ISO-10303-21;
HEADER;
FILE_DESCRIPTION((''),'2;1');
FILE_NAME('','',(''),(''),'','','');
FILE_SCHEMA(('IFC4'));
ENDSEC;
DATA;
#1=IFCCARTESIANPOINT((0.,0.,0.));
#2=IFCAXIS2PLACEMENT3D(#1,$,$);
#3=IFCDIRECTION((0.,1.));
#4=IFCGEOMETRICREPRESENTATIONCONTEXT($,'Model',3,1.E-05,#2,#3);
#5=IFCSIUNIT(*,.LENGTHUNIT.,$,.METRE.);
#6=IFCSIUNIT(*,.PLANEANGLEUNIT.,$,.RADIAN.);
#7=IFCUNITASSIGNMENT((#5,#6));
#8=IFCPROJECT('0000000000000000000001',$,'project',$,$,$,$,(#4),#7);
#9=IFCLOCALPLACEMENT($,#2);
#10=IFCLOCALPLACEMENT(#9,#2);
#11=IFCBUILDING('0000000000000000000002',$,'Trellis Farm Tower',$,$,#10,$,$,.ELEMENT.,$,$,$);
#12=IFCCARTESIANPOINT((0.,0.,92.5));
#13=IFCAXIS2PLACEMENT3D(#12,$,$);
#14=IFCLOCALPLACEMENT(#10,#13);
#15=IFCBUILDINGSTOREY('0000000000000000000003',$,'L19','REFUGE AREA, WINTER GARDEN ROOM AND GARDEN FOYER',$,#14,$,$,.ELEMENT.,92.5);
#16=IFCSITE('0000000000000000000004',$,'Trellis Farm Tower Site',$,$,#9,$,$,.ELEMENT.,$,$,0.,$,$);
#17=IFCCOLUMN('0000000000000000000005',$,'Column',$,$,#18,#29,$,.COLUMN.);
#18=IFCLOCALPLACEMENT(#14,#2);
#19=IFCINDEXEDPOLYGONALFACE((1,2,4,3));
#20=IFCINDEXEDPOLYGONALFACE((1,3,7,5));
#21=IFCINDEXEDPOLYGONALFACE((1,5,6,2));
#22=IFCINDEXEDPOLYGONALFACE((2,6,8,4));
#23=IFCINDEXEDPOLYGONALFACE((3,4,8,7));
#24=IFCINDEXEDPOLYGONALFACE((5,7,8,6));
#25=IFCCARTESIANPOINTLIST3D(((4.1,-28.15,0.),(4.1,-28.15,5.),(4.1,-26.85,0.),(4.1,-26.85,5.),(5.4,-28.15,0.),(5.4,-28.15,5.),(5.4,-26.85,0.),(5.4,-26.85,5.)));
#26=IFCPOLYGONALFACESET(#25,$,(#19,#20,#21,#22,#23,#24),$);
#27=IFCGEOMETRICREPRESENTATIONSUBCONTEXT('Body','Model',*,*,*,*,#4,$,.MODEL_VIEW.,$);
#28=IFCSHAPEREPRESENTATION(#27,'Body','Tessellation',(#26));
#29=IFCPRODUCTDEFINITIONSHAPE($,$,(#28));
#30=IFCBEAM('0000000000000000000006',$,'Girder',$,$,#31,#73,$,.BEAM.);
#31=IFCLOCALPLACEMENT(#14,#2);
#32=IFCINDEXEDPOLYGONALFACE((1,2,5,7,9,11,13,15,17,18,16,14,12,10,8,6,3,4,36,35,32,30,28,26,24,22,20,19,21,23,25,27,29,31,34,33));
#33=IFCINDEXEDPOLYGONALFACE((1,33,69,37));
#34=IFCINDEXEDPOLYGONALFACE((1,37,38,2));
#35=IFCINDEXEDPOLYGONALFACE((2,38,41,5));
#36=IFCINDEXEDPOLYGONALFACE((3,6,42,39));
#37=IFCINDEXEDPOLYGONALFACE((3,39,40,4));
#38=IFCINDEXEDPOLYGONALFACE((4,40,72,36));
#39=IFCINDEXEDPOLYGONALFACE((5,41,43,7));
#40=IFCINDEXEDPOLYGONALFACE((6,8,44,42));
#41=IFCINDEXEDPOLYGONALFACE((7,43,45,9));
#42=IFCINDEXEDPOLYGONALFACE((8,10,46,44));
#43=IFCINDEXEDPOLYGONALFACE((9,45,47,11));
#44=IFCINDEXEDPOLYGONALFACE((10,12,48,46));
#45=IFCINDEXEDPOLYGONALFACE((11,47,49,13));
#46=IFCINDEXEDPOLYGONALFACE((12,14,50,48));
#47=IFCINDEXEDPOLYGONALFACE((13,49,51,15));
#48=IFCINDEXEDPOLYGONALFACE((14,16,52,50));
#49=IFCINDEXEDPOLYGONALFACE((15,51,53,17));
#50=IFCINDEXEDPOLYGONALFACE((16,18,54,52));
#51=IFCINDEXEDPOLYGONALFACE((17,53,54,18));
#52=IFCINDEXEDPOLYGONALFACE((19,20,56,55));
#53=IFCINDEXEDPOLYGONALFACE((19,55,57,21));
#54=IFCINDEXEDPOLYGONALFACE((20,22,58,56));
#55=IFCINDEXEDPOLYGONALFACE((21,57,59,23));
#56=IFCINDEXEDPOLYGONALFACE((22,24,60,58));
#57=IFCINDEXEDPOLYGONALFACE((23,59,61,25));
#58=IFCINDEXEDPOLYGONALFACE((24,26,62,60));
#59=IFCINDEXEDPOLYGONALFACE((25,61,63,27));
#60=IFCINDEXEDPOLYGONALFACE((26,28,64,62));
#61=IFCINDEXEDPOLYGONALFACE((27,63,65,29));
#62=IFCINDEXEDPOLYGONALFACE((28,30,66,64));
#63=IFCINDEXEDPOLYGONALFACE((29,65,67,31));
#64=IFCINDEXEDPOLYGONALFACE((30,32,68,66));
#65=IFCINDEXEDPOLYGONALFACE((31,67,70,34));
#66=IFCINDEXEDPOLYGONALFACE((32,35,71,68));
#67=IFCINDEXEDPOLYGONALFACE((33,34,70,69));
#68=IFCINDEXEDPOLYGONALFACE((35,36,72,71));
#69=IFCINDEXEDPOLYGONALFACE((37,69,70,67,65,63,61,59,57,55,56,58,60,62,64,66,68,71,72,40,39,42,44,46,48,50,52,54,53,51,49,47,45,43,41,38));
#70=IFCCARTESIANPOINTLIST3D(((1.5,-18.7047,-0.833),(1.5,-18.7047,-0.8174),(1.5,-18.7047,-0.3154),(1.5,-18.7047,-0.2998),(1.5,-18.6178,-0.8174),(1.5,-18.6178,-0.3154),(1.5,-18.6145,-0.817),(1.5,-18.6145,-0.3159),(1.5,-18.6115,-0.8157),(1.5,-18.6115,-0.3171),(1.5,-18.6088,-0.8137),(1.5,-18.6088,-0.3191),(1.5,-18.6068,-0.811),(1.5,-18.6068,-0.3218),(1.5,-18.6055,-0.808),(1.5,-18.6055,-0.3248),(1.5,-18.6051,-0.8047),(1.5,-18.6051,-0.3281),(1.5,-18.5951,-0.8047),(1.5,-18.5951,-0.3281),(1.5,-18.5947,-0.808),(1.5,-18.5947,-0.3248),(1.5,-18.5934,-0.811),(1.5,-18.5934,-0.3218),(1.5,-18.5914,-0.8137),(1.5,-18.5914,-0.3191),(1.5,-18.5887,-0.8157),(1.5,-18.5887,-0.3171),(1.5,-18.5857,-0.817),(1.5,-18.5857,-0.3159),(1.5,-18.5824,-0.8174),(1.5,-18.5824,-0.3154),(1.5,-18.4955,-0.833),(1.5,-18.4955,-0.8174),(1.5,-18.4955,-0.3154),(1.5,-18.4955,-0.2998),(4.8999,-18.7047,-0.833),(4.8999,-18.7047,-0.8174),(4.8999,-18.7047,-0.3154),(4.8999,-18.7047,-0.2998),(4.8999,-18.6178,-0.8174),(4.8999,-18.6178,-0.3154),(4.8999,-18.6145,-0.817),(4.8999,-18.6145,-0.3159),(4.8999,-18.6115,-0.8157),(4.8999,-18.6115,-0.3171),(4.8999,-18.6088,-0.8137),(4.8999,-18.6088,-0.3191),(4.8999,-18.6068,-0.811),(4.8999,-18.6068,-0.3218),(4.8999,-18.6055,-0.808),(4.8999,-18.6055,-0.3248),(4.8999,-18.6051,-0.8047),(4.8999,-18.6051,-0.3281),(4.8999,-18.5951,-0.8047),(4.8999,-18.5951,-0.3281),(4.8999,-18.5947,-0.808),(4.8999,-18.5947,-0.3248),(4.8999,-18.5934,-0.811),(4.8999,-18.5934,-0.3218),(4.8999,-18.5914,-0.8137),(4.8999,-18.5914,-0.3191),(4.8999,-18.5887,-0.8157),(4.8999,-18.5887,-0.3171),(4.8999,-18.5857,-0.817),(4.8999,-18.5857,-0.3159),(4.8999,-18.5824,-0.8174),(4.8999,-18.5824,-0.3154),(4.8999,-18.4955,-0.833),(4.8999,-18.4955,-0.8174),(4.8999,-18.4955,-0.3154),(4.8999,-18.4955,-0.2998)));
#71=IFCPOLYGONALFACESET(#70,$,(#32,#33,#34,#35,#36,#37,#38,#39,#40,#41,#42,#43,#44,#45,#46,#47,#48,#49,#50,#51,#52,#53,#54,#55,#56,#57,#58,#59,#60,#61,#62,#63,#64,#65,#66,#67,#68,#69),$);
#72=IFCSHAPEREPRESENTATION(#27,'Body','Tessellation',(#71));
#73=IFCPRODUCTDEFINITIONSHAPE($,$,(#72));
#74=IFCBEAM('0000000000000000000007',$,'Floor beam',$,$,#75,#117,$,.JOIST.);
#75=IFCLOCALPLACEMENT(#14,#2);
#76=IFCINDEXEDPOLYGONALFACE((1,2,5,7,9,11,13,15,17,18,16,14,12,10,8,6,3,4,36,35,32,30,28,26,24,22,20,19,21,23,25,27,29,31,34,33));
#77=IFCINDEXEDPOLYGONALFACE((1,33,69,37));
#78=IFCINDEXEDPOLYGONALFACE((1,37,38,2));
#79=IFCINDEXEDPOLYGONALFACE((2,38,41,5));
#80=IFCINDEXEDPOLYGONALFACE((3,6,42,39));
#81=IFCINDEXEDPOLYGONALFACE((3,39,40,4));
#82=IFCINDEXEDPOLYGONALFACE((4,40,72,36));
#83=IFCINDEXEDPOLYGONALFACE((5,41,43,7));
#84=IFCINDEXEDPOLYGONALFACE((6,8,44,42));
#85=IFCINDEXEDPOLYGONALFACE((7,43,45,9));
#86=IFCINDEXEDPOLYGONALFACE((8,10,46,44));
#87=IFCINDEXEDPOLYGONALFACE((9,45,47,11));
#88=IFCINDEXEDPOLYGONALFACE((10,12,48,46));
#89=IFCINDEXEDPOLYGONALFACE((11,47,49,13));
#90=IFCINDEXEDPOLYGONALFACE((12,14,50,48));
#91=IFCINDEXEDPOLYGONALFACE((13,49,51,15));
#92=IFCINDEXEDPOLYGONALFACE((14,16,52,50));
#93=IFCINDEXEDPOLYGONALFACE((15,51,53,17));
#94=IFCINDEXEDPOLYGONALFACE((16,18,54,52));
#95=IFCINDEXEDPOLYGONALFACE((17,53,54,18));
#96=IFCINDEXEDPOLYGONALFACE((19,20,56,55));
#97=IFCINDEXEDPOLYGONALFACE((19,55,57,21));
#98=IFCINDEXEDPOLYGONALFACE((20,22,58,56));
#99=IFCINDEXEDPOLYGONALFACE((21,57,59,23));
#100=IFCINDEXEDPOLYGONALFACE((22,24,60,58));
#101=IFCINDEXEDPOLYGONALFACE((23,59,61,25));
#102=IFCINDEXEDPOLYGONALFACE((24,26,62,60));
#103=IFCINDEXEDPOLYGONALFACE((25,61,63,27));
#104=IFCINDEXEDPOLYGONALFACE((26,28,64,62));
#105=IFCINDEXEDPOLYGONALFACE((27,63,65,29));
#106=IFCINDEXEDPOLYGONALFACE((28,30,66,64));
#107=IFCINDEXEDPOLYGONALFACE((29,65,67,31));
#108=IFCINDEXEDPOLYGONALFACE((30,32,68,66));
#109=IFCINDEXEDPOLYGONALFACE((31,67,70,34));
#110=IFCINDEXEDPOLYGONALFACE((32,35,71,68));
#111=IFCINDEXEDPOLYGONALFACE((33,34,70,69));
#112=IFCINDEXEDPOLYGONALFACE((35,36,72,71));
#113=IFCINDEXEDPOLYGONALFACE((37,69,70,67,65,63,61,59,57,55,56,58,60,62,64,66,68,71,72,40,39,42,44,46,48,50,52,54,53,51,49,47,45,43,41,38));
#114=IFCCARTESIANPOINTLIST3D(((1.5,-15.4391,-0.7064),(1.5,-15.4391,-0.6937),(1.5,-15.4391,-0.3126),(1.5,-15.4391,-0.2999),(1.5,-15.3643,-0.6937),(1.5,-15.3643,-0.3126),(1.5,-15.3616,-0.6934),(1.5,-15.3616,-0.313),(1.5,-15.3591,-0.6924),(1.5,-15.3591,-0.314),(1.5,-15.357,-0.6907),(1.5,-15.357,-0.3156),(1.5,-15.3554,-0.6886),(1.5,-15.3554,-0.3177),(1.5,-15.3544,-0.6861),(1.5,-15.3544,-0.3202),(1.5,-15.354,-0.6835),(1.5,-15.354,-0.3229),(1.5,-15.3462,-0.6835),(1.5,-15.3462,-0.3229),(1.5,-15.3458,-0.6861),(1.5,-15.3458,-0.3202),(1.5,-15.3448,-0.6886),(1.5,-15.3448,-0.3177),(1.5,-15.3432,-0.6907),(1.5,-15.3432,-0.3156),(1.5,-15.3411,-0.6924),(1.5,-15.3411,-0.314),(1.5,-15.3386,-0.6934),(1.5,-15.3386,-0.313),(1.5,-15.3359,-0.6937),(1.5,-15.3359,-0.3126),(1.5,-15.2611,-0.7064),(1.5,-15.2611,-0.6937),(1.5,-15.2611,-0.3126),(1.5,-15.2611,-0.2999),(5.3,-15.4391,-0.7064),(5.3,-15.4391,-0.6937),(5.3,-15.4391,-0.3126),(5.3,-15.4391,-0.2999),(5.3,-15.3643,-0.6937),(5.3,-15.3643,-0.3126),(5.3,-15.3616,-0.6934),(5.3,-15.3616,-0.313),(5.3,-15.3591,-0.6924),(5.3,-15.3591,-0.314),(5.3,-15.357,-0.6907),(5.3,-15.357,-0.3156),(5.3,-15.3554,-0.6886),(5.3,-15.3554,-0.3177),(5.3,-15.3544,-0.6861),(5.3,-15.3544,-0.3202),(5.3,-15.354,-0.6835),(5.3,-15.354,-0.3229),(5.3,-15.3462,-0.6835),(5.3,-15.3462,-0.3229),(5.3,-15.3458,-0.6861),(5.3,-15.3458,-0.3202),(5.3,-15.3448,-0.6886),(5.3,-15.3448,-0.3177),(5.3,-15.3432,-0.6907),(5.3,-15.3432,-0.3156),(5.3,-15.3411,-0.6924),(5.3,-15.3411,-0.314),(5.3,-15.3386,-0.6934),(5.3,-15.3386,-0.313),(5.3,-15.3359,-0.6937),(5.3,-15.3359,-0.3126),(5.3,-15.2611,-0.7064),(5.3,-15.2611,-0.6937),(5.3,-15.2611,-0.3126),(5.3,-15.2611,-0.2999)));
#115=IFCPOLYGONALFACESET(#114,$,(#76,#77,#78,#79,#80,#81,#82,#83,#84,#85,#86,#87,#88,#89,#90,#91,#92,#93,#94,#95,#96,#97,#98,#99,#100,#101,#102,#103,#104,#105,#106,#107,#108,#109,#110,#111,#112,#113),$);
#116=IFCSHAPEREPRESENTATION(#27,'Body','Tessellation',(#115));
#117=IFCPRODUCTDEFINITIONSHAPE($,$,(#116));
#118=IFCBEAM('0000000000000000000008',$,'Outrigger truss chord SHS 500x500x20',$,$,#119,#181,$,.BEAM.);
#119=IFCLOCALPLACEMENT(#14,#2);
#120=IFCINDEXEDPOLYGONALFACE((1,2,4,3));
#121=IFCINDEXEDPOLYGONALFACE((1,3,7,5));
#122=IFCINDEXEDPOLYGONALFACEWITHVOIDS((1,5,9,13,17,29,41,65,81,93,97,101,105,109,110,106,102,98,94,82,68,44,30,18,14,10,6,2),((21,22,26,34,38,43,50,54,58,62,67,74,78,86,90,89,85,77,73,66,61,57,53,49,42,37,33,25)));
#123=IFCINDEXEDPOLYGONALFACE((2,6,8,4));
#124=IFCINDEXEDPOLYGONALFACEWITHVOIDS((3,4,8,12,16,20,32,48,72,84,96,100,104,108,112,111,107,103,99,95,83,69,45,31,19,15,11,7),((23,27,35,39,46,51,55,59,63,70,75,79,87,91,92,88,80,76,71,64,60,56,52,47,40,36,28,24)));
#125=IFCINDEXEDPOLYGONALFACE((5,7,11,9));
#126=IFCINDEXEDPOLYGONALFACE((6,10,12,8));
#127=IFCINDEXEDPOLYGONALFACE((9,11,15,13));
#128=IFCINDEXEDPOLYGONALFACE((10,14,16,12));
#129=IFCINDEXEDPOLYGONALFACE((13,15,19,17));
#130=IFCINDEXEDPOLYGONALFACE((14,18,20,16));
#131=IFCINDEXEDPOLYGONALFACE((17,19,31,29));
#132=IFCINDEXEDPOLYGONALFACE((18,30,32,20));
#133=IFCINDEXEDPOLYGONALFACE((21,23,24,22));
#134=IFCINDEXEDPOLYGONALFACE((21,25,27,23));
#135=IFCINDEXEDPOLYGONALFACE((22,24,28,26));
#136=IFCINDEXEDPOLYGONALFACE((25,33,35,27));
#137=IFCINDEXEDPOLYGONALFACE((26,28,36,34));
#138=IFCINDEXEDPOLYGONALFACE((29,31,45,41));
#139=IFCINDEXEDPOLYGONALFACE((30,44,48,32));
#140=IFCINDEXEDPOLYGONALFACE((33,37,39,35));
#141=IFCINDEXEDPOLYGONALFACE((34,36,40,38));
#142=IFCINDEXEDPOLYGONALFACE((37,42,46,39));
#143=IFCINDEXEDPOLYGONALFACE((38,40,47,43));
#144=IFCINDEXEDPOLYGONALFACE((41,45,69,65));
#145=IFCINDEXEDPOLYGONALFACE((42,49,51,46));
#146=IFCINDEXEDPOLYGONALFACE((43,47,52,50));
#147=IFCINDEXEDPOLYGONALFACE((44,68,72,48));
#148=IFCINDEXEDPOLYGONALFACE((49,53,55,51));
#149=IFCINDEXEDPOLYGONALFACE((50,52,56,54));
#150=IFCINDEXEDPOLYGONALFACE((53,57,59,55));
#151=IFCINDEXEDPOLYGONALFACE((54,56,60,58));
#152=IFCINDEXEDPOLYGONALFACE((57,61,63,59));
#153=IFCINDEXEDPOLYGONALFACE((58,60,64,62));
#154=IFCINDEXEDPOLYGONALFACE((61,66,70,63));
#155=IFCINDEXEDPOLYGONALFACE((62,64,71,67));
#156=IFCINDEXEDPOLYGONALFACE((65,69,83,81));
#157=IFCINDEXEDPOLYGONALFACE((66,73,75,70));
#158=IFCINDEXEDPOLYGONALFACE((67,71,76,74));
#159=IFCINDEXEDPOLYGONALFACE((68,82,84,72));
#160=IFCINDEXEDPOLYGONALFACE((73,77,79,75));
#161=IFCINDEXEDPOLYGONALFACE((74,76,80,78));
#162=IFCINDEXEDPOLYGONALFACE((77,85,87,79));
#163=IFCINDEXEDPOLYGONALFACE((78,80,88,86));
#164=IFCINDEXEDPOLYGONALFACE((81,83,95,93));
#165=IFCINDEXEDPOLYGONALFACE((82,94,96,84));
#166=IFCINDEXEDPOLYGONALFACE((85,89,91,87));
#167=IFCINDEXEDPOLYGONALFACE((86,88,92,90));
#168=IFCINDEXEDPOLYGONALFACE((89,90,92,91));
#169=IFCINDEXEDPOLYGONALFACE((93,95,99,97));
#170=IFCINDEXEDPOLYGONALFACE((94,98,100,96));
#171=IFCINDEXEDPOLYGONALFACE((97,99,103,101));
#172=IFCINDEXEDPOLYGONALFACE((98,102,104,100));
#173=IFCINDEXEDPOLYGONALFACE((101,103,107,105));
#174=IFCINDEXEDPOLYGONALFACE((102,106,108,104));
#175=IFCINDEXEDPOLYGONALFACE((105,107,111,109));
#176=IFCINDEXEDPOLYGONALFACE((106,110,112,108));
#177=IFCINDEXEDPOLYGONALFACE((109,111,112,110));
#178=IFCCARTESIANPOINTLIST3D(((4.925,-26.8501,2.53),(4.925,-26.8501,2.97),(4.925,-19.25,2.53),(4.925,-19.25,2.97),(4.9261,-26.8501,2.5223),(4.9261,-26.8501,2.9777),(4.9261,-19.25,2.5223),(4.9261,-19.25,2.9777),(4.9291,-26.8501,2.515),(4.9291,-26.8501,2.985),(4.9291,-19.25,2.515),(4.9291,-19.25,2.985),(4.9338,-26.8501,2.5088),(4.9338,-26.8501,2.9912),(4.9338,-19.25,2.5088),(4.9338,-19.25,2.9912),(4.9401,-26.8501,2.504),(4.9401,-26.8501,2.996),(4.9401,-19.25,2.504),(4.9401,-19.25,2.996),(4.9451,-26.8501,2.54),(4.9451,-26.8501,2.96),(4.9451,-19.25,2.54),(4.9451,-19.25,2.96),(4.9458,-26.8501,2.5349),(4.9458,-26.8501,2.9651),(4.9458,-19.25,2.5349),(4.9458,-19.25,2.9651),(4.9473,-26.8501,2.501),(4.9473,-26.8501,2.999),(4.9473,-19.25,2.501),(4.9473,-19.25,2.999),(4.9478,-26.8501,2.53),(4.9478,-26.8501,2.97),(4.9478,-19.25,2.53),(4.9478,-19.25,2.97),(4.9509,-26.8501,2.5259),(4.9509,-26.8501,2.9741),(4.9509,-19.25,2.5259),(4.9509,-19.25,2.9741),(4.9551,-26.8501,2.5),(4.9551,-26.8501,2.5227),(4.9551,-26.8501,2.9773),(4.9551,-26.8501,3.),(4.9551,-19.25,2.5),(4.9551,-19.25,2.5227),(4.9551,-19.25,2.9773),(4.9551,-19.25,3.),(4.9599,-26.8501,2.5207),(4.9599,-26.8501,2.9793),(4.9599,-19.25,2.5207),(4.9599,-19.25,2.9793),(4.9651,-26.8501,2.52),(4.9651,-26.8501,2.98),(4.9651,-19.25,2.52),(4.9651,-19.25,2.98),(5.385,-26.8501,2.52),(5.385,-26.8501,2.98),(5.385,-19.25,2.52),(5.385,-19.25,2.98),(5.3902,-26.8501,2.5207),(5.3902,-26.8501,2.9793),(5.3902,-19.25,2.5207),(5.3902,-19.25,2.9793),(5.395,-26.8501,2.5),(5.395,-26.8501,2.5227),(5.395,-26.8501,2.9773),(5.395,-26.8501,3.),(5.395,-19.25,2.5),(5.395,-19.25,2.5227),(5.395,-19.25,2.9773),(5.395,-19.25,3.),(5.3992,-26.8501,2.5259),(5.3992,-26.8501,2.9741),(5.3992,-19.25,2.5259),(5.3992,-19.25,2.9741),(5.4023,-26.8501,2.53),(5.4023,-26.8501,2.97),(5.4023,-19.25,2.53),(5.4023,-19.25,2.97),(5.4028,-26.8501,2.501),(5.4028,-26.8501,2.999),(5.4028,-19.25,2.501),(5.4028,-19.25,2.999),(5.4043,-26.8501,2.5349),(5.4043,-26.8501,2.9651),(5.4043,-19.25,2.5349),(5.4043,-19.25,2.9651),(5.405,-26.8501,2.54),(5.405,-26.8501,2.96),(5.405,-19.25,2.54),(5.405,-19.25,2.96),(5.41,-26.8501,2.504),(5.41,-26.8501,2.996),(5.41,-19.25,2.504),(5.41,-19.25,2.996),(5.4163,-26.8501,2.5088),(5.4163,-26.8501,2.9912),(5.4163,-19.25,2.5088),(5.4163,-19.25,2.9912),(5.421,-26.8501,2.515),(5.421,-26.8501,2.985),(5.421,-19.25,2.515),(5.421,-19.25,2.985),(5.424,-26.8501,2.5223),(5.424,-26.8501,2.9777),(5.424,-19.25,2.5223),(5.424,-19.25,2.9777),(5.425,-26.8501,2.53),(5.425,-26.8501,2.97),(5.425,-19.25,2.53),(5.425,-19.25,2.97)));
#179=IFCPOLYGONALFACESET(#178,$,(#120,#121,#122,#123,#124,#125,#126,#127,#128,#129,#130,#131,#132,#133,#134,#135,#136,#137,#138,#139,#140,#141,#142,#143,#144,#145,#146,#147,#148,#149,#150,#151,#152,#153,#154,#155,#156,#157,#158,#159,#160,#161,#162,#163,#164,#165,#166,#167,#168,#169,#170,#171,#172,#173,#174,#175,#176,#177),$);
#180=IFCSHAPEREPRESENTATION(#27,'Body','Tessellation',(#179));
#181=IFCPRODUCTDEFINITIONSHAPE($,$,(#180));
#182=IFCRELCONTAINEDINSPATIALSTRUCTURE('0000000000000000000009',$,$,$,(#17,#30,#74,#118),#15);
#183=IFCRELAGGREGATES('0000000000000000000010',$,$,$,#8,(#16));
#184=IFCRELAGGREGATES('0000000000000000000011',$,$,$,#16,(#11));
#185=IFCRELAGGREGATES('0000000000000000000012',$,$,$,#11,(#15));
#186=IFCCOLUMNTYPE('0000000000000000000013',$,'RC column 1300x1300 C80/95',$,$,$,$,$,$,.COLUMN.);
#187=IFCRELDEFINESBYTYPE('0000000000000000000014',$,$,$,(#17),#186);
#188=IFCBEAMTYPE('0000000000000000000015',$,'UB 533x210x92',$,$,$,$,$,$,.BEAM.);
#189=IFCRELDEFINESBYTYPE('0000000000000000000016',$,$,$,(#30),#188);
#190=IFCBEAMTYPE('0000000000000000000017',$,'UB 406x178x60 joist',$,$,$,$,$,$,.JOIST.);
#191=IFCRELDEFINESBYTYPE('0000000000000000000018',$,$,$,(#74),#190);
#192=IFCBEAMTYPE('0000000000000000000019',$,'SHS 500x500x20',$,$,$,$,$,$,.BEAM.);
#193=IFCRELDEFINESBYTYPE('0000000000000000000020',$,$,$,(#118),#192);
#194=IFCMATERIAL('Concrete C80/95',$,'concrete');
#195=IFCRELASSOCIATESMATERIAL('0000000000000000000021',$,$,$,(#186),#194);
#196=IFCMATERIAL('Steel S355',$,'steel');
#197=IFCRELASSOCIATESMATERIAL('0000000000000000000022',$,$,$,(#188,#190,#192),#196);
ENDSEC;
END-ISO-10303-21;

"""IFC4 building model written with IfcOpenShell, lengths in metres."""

from ifc_helpers import new_model, si_unit, direction, frame, origin, origin_2d, place, context, subcontext, project, spatial, rectangle, hollow_rectangle, i_section, extrude, source, transform, mapped, material, material_profile, profile_set, type_object, element, save


model = new_model("IFC4")

# Units and contexts
model_context = context("Model", 3, precision=1e-05, world=origin(), true_north=direction((0.0, 1.0)))
body_context = subcontext(model_context, "Body", "Model", "MODEL_VIEW")
ifc_project = project(units=[si_unit("LENGTHUNIT", "METRE"), si_unit("PLANEANGLEUNIT", "RADIAN")], contexts=[model_context])

# Site, building, storey
site_placement = place(None, origin())
site = spatial("IfcSite", under=ifc_project, at=site_placement, Name="Trellis Farm Tower Site", CompositionType="ELEMENT", RefElevation=0.0)
building_placement = place(site_placement, origin())
building = spatial("IfcBuilding", under=site, at=building_placement, Name="Trellis Farm Tower", CompositionType="ELEMENT")
storey_placement = place(building_placement, frame((0.0, 0.0, 92.5)))
storey = spatial("IfcBuildingStorey", under=building, at=storey_placement, Name="L19", Description="REFUGE AREA, WINTER GARDEN ROOM AND GARDEN FOYER", CompositionType="ELEMENT", Elevation=92.5)

# Column
ifc_material_1 = material(Name="Concrete C80/95", Category="concrete")
ifc_material_profile_1 = material_profile(ifc_material_1, rectangle(XDim=1.3, YDim=1.3, at=origin_2d()), Name="RC column 1300x1300 C80/95")
ifc_profile_set_1 = profile_set([ifc_material_profile_1], Name="Concrete C80/95")
column_type = type_object("IfcColumnType", Name="RC column 1300x1300 C80/95", PredefinedType="COLUMN", material=ifc_profile_set_1)
shared_shape_1 = source(origin(), body_context, "Body", "SweptSolid", [
    extrude(rectangle(XDim=1.3, YDim=1.3, at=origin_2d()), origin(), (0.0, 0.0, 1.0), 5.0),
])
column_placement = place(storey_placement, frame((4.75, -27.5, 0.0), z_axis=(0.0, 0.0, 1.0), x_axis=(1.0, 0.0, 0.0)))
element("IfcColumn", 1, at=column_placement, inside=storey, type_object=column_type, Name="Column", PredefinedType="COLUMN", context=body_context, shape_type="MappedRepresentation", body=[
    mapped(shared_shape_1, transform((0.0, 0.0, 0.0))),
])

# Beams
ifc_material_2 = material(Name="Steel S355", Category="steel")
ifc_material_profile_2 = material_profile(ifc_material_2, i_section(OverallWidth=0.2092, OverallDepth=0.5332, WebThickness=0.01, FlangeThickness=0.0156, FilletRadius=0.0127, at=origin_2d()), Name="UB 533x210x92")
ifc_profile_set_2 = profile_set([ifc_material_profile_2], Name="Steel S355")
beam_type_1 = type_object("IfcBeamType", Name="UB 533x210x92", PredefinedType="BEAM", material=ifc_profile_set_2)
shared_shape_2 = source(origin(), body_context, "Body", "SweptSolid", [
    extrude(i_section(OverallWidth=0.2092, OverallDepth=0.5332, WebThickness=0.01, FlangeThickness=0.0156, FilletRadius=0.0127, at=origin_2d()), origin(), (0.0, 0.0, 1.0), 3.3999),
])
beam_1_placement = place(storey_placement, frame((1.5, -18.6001, -0.5664), z_axis=(1.0, 0.0, 0.0), x_axis=(0.0, 1.0, 0.0)))
element("IfcBeam", 2, at=beam_1_placement, inside=storey, type_object=beam_type_1, Name="Girder", PredefinedType="BEAM", context=body_context, shape_type="MappedRepresentation", body=[
    mapped(shared_shape_2, transform((0.0, 0.0, 0.0))),
])
ifc_material_profile_3 = material_profile(ifc_material_2, i_section(OverallWidth=0.178, OverallDepth=0.4065, WebThickness=0.0078, FlangeThickness=0.0127, FilletRadius=0.0103, at=origin_2d()), Name="UB 406x178x60")
ifc_profile_set_3 = profile_set([ifc_material_profile_3], Name="Steel S355")
beam_type_2 = type_object("IfcBeamType", Name="UB 406x178x60 joist", PredefinedType="JOIST", material=ifc_profile_set_3)
shared_shape_3 = source(origin(), body_context, "Body", "SweptSolid", [
    extrude(i_section(OverallWidth=0.178, OverallDepth=0.4065, WebThickness=0.0078, FlangeThickness=0.0127, FilletRadius=0.0103, at=origin_2d()), origin(), (0.0, 0.0, 1.0), 3.8),
])
beam_2_placement = place(storey_placement, frame((1.5, -15.3501, -0.5032), z_axis=(1.0, 0.0, 0.0), x_axis=(0.0, 1.0, 0.0)))
element("IfcBeam", 3, at=beam_2_placement, inside=storey, type_object=beam_type_2, Name="Floor beam", PredefinedType="JOIST", context=body_context, shape_type="MappedRepresentation", body=[
    mapped(shared_shape_3, transform((0.0, 0.0, 0.0))),
])
ifc_material_profile_4 = material_profile(ifc_material_2, hollow_rectangle(XDim=0.5, YDim=0.5, WallThickness=0.02, InnerFilletRadius=0.02, OuterFilletRadius=0.03, at=origin_2d()), Name="SHS 500x500x20")
ifc_profile_set_4 = profile_set([ifc_material_profile_4], Name="Steel S355")
beam_type_3 = type_object("IfcBeamType", Name="SHS 500x500x20", PredefinedType="BEAM", material=ifc_profile_set_4)
shared_shape_4 = source(origin(), body_context, "Body", "SweptSolid", [
    extrude(hollow_rectangle(XDim=0.5, YDim=0.5, WallThickness=0.02, InnerFilletRadius=0.02, OuterFilletRadius=0.03, at=origin_2d()), origin(), (0.0, 0.0, 1.0), 7.6001),
])
beam_3_placement = place(storey_placement, frame((5.175, -26.8501, 2.75), z_axis=(0.0, 1.0, 0.0), x_axis=(-1.0, 0.0, 0.0)))
element("IfcBeam", 4, at=beam_3_placement, inside=storey, type_object=beam_type_3, Name="Outrigger truss chord SHS 500x500x20", PredefinedType="BEAM", context=body_context, shape_type="MappedRepresentation", body=[
    mapped(shared_shape_4, transform((0.0, 0.0, 0.0))),
])

save(model, "model.ifc")
